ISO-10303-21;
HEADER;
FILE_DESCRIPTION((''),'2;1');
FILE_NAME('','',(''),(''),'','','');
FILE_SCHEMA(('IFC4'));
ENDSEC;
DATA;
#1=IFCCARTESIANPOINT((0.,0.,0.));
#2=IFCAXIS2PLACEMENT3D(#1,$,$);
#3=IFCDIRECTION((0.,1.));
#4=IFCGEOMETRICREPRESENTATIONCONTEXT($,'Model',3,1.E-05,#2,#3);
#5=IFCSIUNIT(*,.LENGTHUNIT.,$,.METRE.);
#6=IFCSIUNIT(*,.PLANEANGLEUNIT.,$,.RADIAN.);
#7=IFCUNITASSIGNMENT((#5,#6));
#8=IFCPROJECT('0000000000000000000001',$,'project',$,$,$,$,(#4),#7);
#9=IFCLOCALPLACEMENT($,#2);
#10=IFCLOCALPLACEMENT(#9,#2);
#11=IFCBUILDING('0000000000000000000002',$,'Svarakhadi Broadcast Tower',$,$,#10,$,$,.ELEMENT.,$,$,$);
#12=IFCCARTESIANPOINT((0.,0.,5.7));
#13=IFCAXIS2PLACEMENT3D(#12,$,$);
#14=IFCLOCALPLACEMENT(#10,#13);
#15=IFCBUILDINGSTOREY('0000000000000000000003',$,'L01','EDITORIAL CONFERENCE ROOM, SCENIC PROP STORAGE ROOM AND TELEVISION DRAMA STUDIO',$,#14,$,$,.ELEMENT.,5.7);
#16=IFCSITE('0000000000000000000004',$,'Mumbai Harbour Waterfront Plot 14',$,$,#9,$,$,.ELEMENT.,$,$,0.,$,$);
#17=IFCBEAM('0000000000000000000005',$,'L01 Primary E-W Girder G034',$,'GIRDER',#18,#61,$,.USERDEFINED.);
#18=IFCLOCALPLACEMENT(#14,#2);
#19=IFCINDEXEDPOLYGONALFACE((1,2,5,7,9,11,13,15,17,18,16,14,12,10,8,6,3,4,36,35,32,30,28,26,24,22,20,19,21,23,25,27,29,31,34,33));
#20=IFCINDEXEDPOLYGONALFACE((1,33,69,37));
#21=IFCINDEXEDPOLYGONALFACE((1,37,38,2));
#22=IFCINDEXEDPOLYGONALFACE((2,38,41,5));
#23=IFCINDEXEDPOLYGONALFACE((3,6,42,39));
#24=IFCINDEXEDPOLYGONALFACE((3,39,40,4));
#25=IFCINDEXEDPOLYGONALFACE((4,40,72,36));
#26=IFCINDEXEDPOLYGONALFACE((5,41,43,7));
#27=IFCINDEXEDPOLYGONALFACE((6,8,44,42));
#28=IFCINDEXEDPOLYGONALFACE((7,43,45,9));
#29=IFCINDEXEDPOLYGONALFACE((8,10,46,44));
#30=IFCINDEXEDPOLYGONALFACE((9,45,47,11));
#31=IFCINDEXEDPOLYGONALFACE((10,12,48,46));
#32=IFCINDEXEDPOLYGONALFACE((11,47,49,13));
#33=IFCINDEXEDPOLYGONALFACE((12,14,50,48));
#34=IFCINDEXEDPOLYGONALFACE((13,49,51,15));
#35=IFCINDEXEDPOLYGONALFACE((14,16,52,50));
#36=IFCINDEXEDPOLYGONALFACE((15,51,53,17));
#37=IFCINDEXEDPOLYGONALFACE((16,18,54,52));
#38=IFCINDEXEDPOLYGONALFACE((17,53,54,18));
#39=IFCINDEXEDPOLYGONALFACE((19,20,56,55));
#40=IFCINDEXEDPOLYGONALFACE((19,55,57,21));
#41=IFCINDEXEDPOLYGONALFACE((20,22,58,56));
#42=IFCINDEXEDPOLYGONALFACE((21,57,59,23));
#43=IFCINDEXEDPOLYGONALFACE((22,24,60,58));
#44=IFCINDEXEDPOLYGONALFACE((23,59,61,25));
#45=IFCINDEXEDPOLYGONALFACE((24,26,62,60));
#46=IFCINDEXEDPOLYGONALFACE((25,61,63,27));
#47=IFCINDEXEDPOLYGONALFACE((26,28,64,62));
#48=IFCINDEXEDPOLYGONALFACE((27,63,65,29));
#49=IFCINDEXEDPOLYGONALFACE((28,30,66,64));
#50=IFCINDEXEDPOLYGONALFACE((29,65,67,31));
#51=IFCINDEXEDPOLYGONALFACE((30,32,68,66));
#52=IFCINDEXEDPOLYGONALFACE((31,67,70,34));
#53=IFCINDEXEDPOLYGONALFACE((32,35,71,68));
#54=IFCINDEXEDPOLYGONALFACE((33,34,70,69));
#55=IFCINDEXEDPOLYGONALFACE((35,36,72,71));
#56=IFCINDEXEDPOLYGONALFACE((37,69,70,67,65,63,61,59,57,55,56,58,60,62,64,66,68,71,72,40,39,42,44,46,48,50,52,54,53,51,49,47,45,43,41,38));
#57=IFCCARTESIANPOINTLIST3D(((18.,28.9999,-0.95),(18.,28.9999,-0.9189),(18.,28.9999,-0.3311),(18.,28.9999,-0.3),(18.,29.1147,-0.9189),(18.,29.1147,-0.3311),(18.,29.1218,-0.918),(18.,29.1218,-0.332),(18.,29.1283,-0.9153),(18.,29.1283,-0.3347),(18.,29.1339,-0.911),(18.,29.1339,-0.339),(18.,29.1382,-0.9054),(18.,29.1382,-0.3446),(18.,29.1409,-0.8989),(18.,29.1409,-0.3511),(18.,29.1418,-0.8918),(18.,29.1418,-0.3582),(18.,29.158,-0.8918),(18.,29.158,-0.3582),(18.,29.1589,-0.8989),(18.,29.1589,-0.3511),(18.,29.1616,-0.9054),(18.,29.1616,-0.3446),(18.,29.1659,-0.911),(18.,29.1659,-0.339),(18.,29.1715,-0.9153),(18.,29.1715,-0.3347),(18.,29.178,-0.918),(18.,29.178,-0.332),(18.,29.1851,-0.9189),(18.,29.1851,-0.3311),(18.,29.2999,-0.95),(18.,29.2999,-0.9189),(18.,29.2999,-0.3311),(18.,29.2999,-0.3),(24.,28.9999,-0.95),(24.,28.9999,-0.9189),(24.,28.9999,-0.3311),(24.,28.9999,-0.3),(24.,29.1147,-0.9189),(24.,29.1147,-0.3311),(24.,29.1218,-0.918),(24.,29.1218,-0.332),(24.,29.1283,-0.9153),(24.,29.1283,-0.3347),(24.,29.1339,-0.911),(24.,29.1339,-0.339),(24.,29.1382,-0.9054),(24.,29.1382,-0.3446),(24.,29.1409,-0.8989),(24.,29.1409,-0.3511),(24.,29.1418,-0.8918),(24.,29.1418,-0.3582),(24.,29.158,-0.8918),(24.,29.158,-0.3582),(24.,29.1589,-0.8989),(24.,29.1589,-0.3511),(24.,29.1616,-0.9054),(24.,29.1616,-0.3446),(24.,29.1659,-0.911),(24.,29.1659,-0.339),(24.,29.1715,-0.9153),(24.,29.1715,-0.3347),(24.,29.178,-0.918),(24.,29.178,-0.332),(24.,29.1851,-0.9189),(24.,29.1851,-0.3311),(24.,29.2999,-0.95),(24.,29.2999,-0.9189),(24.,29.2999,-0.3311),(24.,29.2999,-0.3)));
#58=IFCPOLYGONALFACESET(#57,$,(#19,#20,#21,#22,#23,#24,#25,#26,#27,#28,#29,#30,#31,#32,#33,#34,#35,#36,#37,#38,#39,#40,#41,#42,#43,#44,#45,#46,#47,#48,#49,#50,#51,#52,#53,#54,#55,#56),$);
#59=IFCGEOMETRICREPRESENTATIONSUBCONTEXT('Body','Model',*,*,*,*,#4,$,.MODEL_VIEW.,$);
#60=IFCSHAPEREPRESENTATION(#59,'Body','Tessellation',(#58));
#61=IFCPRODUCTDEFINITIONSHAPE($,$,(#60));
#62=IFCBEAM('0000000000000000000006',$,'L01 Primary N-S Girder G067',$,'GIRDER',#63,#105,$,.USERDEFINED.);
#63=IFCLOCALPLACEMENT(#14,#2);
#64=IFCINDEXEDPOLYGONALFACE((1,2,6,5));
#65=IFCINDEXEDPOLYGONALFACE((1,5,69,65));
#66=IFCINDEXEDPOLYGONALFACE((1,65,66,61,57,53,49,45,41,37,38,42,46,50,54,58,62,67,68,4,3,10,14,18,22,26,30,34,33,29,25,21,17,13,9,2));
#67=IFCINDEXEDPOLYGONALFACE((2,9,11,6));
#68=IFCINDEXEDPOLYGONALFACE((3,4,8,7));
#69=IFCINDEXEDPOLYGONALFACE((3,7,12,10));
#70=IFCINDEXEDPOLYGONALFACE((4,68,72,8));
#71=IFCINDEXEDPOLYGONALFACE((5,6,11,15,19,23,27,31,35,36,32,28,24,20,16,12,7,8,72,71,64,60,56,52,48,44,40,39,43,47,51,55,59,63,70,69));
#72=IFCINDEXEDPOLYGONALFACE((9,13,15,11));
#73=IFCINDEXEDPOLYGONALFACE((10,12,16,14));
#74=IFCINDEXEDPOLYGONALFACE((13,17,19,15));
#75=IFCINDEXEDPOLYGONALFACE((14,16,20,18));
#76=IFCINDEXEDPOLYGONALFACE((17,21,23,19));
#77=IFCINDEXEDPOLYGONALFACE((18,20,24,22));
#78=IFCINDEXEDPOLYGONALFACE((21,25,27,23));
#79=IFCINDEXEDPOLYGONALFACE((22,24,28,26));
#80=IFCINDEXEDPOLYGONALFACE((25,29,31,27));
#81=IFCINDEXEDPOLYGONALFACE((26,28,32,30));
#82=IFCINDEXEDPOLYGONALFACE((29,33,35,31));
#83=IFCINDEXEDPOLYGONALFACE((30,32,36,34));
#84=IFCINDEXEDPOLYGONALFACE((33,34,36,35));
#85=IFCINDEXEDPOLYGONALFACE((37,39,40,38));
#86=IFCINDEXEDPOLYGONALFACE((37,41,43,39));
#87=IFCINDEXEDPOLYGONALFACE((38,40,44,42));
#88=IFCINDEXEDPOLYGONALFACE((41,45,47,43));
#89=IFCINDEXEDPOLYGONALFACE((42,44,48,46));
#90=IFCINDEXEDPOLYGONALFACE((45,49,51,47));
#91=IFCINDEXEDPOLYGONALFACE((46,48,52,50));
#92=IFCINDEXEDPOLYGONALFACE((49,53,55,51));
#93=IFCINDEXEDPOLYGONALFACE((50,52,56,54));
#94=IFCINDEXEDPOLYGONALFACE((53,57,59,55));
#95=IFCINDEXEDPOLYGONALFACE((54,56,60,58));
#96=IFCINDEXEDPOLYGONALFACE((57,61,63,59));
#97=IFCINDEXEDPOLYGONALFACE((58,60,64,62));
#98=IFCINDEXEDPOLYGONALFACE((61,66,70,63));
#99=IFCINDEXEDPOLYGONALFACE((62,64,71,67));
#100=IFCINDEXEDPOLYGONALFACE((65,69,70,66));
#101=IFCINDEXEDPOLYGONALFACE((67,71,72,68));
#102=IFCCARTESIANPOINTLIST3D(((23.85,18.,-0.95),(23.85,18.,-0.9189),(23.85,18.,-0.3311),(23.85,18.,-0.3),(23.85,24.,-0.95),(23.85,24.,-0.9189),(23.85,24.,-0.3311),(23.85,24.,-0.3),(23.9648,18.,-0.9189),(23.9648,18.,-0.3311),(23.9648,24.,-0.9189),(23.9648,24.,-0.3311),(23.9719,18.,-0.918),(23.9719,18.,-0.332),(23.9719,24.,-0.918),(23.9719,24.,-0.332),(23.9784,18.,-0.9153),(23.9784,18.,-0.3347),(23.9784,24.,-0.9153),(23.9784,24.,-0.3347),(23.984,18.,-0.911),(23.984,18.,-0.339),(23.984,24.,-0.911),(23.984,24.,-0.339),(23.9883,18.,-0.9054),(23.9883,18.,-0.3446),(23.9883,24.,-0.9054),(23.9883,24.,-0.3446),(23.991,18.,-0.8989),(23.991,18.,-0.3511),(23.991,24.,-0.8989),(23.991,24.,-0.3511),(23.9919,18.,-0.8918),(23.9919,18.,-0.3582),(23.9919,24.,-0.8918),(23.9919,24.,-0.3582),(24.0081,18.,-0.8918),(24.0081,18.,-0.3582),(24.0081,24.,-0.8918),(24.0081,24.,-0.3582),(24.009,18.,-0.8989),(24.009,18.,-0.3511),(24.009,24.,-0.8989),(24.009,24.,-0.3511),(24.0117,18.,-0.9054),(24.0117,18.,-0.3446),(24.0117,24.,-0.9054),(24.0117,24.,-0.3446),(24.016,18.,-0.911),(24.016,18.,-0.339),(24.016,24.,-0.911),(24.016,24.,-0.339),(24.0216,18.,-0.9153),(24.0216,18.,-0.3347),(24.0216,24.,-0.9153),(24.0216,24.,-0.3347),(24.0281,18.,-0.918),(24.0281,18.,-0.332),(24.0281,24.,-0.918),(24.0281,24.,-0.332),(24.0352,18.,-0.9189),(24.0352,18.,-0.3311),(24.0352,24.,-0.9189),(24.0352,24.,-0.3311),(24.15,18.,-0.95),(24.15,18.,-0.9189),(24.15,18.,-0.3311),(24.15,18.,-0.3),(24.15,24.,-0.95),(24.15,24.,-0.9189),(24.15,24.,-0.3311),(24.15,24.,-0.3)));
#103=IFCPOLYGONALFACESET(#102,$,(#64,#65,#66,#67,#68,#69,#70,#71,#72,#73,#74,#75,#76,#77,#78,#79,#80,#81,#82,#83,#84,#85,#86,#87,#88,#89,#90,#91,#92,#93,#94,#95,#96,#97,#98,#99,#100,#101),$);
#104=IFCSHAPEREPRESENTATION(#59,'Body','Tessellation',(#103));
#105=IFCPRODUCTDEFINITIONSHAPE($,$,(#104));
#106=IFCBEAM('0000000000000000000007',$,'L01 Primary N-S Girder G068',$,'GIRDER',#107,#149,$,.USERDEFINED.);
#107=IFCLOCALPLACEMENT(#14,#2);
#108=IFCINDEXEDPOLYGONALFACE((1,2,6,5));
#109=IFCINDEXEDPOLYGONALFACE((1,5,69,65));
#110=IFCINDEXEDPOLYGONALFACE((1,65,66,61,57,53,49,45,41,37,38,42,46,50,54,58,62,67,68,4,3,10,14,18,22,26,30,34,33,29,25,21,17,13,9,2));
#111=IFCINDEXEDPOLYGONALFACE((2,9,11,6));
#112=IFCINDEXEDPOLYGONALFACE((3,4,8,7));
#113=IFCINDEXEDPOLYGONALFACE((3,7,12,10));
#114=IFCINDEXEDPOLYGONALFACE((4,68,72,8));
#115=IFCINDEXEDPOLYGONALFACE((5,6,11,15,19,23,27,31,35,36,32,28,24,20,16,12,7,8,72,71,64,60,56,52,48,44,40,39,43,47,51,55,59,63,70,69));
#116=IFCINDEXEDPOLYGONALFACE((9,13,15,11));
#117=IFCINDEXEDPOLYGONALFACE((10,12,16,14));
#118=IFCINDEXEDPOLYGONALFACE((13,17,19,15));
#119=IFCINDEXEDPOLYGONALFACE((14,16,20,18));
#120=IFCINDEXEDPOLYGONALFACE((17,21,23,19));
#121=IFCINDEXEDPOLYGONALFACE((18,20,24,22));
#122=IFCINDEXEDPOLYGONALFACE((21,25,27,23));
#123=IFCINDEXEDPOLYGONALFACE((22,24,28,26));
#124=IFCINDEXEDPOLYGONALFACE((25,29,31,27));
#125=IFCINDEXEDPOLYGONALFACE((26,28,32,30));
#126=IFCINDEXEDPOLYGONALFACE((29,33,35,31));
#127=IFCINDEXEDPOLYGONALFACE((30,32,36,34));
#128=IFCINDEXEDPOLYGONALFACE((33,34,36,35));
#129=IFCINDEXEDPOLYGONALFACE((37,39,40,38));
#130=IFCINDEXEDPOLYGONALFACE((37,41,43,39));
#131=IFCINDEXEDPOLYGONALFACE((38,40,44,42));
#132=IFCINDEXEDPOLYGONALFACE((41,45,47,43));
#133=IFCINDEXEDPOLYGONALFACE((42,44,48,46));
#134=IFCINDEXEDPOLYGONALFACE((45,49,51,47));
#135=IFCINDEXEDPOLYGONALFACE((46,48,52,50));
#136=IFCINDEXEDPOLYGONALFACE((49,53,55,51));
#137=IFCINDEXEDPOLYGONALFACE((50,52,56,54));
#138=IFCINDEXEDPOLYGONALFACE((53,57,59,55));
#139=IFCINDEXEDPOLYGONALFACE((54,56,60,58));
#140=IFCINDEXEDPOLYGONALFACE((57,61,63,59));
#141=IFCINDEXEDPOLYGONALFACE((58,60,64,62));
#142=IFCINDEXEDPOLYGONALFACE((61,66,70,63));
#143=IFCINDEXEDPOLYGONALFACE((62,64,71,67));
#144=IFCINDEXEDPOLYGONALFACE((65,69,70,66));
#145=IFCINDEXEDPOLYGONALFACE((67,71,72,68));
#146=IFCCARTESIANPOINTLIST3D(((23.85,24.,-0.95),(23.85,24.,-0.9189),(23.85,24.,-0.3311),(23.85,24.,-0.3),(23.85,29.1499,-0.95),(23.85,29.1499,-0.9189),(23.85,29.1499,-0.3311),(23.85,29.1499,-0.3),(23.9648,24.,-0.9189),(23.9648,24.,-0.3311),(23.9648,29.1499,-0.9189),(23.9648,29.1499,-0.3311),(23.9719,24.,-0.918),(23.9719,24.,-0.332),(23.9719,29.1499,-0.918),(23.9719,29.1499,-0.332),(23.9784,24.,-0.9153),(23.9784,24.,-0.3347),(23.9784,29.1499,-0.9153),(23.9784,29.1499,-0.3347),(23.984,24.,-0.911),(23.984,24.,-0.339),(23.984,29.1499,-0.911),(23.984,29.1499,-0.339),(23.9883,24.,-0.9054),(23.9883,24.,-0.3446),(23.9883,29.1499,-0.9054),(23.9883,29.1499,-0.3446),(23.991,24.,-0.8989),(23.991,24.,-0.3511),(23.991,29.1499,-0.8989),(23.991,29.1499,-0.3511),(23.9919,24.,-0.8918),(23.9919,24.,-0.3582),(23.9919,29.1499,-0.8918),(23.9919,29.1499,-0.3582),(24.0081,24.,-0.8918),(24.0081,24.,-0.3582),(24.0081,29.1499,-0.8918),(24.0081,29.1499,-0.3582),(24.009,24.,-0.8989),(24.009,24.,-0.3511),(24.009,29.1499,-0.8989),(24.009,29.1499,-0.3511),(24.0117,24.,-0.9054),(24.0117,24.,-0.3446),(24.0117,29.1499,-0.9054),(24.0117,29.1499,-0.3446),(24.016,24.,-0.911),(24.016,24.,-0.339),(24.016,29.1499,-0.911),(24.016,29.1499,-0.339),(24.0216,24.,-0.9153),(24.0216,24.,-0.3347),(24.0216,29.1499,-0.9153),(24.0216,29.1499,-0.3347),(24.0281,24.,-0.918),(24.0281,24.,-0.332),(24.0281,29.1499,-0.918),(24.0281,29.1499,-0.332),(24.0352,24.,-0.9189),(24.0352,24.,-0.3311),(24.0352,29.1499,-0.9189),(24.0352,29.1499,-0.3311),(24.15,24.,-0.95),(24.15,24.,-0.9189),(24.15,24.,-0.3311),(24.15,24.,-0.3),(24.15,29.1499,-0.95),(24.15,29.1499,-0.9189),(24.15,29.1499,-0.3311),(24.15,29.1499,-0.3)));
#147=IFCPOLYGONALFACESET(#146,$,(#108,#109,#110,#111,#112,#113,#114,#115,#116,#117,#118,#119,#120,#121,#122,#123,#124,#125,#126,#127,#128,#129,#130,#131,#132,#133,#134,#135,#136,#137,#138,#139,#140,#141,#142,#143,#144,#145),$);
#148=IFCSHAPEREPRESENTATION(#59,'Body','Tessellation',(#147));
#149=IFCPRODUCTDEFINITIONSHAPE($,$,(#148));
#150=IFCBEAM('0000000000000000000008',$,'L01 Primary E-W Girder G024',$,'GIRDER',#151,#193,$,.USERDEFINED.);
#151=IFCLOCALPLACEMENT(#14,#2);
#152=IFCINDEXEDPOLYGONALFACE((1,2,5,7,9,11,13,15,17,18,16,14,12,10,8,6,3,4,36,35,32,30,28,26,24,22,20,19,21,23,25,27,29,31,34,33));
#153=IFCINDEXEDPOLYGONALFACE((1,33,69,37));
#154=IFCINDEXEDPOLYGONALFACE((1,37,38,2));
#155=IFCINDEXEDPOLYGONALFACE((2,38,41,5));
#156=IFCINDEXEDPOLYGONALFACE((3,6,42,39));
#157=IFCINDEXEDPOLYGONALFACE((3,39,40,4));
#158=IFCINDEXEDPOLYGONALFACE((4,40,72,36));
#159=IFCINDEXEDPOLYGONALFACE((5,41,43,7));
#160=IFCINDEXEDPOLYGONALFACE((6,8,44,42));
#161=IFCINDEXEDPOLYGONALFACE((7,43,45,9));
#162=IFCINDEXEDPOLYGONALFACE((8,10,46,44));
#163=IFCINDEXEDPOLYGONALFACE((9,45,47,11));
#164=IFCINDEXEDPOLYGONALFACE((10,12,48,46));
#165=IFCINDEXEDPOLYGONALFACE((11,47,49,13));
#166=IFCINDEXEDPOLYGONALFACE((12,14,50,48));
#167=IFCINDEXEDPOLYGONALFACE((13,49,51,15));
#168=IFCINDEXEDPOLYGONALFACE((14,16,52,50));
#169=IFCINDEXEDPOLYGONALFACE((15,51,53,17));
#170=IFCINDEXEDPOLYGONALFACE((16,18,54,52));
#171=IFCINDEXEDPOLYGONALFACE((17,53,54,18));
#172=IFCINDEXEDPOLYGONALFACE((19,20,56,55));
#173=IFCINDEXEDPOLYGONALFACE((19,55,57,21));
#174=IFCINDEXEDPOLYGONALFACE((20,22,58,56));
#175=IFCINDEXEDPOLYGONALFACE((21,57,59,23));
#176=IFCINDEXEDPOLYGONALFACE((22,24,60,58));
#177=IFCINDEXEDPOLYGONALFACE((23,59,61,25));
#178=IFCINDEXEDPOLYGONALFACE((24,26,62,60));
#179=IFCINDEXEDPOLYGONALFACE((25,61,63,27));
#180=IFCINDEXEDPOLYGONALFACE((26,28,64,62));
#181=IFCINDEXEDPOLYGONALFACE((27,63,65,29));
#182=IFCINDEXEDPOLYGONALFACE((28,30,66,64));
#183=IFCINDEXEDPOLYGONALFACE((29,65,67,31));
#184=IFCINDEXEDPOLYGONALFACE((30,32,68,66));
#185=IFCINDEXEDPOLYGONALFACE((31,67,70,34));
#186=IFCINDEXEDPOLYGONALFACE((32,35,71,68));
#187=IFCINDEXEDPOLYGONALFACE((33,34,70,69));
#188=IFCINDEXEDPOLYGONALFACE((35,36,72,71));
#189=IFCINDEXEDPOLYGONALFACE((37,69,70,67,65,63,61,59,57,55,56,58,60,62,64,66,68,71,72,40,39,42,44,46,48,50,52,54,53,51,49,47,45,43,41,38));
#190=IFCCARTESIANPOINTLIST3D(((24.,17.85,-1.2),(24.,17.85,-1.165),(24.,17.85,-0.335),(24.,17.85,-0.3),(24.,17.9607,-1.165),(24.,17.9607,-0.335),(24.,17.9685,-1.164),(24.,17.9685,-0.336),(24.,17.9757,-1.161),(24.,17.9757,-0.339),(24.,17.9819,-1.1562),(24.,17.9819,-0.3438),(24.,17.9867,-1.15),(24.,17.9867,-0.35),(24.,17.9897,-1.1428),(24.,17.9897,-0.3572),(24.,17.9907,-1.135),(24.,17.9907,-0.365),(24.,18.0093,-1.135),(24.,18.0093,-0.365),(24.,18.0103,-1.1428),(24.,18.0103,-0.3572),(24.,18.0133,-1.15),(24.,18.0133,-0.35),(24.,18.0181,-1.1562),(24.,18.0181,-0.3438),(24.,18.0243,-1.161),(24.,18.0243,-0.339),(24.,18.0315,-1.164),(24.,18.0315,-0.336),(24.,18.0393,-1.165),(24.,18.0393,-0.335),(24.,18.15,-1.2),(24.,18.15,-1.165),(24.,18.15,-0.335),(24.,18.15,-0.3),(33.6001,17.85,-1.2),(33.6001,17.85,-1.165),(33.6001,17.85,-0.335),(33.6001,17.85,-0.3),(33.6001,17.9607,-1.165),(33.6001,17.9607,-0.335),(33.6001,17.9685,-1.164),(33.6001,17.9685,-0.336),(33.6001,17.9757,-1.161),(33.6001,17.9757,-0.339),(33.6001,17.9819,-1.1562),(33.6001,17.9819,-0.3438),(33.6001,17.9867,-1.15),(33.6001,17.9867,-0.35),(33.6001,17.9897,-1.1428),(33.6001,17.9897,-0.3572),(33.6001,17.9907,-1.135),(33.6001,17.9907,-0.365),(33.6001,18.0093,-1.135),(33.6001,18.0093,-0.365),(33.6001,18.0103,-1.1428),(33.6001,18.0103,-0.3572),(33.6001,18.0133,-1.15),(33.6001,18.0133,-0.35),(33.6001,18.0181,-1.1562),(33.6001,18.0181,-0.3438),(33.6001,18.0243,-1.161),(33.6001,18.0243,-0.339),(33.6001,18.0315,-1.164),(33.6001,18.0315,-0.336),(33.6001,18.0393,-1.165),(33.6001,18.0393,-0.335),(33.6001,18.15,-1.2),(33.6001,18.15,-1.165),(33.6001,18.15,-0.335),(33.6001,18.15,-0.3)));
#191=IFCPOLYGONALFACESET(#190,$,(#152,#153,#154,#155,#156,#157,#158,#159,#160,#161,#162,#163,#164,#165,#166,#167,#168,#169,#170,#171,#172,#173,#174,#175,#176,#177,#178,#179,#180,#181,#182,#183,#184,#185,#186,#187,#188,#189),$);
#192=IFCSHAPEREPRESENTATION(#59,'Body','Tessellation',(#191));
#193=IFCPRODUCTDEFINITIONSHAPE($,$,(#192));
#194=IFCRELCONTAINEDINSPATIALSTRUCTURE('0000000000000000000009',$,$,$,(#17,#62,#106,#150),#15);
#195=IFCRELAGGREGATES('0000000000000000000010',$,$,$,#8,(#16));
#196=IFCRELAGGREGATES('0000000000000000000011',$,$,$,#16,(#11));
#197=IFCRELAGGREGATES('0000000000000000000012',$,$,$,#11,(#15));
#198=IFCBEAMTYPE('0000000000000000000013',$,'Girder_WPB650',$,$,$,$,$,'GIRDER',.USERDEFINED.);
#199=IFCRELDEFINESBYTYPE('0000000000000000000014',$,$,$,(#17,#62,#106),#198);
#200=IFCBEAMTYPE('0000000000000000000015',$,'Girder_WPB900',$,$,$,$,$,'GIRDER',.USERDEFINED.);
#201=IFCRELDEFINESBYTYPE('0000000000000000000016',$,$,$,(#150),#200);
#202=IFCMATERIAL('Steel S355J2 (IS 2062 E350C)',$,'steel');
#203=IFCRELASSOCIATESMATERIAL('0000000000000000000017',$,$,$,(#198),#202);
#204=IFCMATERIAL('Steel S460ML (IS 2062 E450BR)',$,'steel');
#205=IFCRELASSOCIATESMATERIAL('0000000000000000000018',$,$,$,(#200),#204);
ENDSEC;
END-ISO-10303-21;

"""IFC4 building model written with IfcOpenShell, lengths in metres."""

from ifc_helpers import new_model, si_unit, direction, frame, origin, origin_2d, place, context, subcontext, project, spatial, i_section, extrude, material, material_profile, profile_set, type_object, element, save


model = new_model("IFC4")

# Units and contexts
model_context = context("Model", 3, precision=1e-05, world=origin(), true_north=direction((0.0, 1.0)))
body_context = subcontext(model_context, "Body", "Model", "MODEL_VIEW")
ifc_project = project(units=[si_unit("LENGTHUNIT", "METRE"), si_unit("PLANEANGLEUNIT", "RADIAN")], contexts=[model_context])

# Site, building, storey
site_placement = place(None, origin())
site = spatial("IfcSite", under=ifc_project, at=site_placement, Name="Mumbai Harbour Waterfront Plot 14", CompositionType="ELEMENT", RefElevation=0.0)
building_placement = place(site_placement, origin())
building = spatial("IfcBuilding", under=site, at=building_placement, Name="Svarakhadi Broadcast Tower", CompositionType="ELEMENT")
storey_placement = place(building_placement, frame((0.0, 0.0, 5.7)))
storey = spatial("IfcBuildingStorey", under=building, at=storey_placement, Name="L01", Description="EDITORIAL CONFERENCE ROOM, SCENIC PROP STORAGE ROOM AND TELEVISION DRAMA STUDIO", CompositionType="ELEMENT", Elevation=5.7)

# Shared definitions
ifc_material_1 = material(Name="Steel S460ML (IS 2062 E450BR)", Category="steel")

# Beams
ifc_material_2 = material(Name="Steel S355J2 (IS 2062 E350C)", Category="steel")
ifc_material_profile_1 = material_profile(ifc_material_2, i_section(OverallWidth=0.3, OverallDepth=0.6499, WebThickness=0.0161, FlangeThickness=0.031, FilletRadius=0.0271, at=origin_2d()), Name="WPB 650x300x225")
ifc_profile_set_1 = profile_set([ifc_material_profile_1], Name="Steel S355J2 (IS 2062 E350C)")
beam_type_1 = type_object("IfcBeamType", Name="Girder_WPB650", ElementType="GIRDER", PredefinedType="USERDEFINED", material=ifc_profile_set_1)
for number, where, z_axis, x_axis, name in (
    (1, (18.0, 29.1499, -0.625), (1.0, 0.0, 0.0), (0.0, 1.0, 0.0), "L01 Primary E-W Girder G034"),
    (2, (24.0, 18.0, -0.625), (0.0, 1.0, 0.0), (-1.0, 0.0, 0.0), "L01 Primary N-S Girder G067"),
):
    element("IfcBeam", number, at=place(storey_placement, frame(where, z_axis=z_axis, x_axis=x_axis)), inside=storey, type_object=beam_type_1, Name=name, ObjectType="GIRDER", PredefinedType="USERDEFINED", context=body_context, shape_type="SweptSolid", body=[
        extrude(i_section(OverallWidth=0.3, OverallDepth=0.6499, WebThickness=0.0161, FlangeThickness=0.031, FilletRadius=0.0271, at=origin_2d()), origin(), (0.0, 0.0, 1.0), 6.0),
    ])
beam_1_placement = place(storey_placement, frame((24.0, 24.0, -0.625), z_axis=(0.0, 1.0, 0.0), x_axis=(-1.0, 0.0, 0.0)))
element("IfcBeam", 3, at=beam_1_placement, inside=storey, type_object=beam_type_1, Name="L01 Primary N-S Girder G068", ObjectType="GIRDER", PredefinedType="USERDEFINED", context=body_context, shape_type="SweptSolid", body=[
    extrude(i_section(OverallWidth=0.3, OverallDepth=0.6499, WebThickness=0.0161, FlangeThickness=0.031, FilletRadius=0.0271, at=origin_2d()), origin(), (0.0, 0.0, 1.0), 5.1499),
])
ifc_material_profile_2 = material_profile(ifc_material_1, i_section(OverallWidth=0.3, OverallDepth=0.8999, WebThickness=0.0186, FlangeThickness=0.0349, FilletRadius=0.03, at=origin_2d()), Name="WPB 900x300x291")
ifc_profile_set_2 = profile_set([ifc_material_profile_2], Name="Steel S460ML (IS 2062 E450BR)")
beam_type_2 = type_object("IfcBeamType", Name="Girder_WPB900", ElementType="GIRDER", PredefinedType="USERDEFINED", material=ifc_profile_set_2)
beam_2_placement = place(storey_placement, frame((24.0, 18.0, -0.75), z_axis=(1.0, 0.0, 0.0), x_axis=(0.0, 1.0, 0.0)))
element("IfcBeam", 4, at=beam_2_placement, inside=storey, type_object=beam_type_2, Name="L01 Primary E-W Girder G024", ObjectType="GIRDER", PredefinedType="USERDEFINED", context=body_context, shape_type="SweptSolid", body=[
    extrude(i_section(OverallWidth=0.3, OverallDepth=0.8999, WebThickness=0.0186, FlangeThickness=0.0349, FilletRadius=0.03, at=origin_2d()), origin(), (0.0, 0.0, 1.0), 9.6001),
])

save(model, "model.ifc")
